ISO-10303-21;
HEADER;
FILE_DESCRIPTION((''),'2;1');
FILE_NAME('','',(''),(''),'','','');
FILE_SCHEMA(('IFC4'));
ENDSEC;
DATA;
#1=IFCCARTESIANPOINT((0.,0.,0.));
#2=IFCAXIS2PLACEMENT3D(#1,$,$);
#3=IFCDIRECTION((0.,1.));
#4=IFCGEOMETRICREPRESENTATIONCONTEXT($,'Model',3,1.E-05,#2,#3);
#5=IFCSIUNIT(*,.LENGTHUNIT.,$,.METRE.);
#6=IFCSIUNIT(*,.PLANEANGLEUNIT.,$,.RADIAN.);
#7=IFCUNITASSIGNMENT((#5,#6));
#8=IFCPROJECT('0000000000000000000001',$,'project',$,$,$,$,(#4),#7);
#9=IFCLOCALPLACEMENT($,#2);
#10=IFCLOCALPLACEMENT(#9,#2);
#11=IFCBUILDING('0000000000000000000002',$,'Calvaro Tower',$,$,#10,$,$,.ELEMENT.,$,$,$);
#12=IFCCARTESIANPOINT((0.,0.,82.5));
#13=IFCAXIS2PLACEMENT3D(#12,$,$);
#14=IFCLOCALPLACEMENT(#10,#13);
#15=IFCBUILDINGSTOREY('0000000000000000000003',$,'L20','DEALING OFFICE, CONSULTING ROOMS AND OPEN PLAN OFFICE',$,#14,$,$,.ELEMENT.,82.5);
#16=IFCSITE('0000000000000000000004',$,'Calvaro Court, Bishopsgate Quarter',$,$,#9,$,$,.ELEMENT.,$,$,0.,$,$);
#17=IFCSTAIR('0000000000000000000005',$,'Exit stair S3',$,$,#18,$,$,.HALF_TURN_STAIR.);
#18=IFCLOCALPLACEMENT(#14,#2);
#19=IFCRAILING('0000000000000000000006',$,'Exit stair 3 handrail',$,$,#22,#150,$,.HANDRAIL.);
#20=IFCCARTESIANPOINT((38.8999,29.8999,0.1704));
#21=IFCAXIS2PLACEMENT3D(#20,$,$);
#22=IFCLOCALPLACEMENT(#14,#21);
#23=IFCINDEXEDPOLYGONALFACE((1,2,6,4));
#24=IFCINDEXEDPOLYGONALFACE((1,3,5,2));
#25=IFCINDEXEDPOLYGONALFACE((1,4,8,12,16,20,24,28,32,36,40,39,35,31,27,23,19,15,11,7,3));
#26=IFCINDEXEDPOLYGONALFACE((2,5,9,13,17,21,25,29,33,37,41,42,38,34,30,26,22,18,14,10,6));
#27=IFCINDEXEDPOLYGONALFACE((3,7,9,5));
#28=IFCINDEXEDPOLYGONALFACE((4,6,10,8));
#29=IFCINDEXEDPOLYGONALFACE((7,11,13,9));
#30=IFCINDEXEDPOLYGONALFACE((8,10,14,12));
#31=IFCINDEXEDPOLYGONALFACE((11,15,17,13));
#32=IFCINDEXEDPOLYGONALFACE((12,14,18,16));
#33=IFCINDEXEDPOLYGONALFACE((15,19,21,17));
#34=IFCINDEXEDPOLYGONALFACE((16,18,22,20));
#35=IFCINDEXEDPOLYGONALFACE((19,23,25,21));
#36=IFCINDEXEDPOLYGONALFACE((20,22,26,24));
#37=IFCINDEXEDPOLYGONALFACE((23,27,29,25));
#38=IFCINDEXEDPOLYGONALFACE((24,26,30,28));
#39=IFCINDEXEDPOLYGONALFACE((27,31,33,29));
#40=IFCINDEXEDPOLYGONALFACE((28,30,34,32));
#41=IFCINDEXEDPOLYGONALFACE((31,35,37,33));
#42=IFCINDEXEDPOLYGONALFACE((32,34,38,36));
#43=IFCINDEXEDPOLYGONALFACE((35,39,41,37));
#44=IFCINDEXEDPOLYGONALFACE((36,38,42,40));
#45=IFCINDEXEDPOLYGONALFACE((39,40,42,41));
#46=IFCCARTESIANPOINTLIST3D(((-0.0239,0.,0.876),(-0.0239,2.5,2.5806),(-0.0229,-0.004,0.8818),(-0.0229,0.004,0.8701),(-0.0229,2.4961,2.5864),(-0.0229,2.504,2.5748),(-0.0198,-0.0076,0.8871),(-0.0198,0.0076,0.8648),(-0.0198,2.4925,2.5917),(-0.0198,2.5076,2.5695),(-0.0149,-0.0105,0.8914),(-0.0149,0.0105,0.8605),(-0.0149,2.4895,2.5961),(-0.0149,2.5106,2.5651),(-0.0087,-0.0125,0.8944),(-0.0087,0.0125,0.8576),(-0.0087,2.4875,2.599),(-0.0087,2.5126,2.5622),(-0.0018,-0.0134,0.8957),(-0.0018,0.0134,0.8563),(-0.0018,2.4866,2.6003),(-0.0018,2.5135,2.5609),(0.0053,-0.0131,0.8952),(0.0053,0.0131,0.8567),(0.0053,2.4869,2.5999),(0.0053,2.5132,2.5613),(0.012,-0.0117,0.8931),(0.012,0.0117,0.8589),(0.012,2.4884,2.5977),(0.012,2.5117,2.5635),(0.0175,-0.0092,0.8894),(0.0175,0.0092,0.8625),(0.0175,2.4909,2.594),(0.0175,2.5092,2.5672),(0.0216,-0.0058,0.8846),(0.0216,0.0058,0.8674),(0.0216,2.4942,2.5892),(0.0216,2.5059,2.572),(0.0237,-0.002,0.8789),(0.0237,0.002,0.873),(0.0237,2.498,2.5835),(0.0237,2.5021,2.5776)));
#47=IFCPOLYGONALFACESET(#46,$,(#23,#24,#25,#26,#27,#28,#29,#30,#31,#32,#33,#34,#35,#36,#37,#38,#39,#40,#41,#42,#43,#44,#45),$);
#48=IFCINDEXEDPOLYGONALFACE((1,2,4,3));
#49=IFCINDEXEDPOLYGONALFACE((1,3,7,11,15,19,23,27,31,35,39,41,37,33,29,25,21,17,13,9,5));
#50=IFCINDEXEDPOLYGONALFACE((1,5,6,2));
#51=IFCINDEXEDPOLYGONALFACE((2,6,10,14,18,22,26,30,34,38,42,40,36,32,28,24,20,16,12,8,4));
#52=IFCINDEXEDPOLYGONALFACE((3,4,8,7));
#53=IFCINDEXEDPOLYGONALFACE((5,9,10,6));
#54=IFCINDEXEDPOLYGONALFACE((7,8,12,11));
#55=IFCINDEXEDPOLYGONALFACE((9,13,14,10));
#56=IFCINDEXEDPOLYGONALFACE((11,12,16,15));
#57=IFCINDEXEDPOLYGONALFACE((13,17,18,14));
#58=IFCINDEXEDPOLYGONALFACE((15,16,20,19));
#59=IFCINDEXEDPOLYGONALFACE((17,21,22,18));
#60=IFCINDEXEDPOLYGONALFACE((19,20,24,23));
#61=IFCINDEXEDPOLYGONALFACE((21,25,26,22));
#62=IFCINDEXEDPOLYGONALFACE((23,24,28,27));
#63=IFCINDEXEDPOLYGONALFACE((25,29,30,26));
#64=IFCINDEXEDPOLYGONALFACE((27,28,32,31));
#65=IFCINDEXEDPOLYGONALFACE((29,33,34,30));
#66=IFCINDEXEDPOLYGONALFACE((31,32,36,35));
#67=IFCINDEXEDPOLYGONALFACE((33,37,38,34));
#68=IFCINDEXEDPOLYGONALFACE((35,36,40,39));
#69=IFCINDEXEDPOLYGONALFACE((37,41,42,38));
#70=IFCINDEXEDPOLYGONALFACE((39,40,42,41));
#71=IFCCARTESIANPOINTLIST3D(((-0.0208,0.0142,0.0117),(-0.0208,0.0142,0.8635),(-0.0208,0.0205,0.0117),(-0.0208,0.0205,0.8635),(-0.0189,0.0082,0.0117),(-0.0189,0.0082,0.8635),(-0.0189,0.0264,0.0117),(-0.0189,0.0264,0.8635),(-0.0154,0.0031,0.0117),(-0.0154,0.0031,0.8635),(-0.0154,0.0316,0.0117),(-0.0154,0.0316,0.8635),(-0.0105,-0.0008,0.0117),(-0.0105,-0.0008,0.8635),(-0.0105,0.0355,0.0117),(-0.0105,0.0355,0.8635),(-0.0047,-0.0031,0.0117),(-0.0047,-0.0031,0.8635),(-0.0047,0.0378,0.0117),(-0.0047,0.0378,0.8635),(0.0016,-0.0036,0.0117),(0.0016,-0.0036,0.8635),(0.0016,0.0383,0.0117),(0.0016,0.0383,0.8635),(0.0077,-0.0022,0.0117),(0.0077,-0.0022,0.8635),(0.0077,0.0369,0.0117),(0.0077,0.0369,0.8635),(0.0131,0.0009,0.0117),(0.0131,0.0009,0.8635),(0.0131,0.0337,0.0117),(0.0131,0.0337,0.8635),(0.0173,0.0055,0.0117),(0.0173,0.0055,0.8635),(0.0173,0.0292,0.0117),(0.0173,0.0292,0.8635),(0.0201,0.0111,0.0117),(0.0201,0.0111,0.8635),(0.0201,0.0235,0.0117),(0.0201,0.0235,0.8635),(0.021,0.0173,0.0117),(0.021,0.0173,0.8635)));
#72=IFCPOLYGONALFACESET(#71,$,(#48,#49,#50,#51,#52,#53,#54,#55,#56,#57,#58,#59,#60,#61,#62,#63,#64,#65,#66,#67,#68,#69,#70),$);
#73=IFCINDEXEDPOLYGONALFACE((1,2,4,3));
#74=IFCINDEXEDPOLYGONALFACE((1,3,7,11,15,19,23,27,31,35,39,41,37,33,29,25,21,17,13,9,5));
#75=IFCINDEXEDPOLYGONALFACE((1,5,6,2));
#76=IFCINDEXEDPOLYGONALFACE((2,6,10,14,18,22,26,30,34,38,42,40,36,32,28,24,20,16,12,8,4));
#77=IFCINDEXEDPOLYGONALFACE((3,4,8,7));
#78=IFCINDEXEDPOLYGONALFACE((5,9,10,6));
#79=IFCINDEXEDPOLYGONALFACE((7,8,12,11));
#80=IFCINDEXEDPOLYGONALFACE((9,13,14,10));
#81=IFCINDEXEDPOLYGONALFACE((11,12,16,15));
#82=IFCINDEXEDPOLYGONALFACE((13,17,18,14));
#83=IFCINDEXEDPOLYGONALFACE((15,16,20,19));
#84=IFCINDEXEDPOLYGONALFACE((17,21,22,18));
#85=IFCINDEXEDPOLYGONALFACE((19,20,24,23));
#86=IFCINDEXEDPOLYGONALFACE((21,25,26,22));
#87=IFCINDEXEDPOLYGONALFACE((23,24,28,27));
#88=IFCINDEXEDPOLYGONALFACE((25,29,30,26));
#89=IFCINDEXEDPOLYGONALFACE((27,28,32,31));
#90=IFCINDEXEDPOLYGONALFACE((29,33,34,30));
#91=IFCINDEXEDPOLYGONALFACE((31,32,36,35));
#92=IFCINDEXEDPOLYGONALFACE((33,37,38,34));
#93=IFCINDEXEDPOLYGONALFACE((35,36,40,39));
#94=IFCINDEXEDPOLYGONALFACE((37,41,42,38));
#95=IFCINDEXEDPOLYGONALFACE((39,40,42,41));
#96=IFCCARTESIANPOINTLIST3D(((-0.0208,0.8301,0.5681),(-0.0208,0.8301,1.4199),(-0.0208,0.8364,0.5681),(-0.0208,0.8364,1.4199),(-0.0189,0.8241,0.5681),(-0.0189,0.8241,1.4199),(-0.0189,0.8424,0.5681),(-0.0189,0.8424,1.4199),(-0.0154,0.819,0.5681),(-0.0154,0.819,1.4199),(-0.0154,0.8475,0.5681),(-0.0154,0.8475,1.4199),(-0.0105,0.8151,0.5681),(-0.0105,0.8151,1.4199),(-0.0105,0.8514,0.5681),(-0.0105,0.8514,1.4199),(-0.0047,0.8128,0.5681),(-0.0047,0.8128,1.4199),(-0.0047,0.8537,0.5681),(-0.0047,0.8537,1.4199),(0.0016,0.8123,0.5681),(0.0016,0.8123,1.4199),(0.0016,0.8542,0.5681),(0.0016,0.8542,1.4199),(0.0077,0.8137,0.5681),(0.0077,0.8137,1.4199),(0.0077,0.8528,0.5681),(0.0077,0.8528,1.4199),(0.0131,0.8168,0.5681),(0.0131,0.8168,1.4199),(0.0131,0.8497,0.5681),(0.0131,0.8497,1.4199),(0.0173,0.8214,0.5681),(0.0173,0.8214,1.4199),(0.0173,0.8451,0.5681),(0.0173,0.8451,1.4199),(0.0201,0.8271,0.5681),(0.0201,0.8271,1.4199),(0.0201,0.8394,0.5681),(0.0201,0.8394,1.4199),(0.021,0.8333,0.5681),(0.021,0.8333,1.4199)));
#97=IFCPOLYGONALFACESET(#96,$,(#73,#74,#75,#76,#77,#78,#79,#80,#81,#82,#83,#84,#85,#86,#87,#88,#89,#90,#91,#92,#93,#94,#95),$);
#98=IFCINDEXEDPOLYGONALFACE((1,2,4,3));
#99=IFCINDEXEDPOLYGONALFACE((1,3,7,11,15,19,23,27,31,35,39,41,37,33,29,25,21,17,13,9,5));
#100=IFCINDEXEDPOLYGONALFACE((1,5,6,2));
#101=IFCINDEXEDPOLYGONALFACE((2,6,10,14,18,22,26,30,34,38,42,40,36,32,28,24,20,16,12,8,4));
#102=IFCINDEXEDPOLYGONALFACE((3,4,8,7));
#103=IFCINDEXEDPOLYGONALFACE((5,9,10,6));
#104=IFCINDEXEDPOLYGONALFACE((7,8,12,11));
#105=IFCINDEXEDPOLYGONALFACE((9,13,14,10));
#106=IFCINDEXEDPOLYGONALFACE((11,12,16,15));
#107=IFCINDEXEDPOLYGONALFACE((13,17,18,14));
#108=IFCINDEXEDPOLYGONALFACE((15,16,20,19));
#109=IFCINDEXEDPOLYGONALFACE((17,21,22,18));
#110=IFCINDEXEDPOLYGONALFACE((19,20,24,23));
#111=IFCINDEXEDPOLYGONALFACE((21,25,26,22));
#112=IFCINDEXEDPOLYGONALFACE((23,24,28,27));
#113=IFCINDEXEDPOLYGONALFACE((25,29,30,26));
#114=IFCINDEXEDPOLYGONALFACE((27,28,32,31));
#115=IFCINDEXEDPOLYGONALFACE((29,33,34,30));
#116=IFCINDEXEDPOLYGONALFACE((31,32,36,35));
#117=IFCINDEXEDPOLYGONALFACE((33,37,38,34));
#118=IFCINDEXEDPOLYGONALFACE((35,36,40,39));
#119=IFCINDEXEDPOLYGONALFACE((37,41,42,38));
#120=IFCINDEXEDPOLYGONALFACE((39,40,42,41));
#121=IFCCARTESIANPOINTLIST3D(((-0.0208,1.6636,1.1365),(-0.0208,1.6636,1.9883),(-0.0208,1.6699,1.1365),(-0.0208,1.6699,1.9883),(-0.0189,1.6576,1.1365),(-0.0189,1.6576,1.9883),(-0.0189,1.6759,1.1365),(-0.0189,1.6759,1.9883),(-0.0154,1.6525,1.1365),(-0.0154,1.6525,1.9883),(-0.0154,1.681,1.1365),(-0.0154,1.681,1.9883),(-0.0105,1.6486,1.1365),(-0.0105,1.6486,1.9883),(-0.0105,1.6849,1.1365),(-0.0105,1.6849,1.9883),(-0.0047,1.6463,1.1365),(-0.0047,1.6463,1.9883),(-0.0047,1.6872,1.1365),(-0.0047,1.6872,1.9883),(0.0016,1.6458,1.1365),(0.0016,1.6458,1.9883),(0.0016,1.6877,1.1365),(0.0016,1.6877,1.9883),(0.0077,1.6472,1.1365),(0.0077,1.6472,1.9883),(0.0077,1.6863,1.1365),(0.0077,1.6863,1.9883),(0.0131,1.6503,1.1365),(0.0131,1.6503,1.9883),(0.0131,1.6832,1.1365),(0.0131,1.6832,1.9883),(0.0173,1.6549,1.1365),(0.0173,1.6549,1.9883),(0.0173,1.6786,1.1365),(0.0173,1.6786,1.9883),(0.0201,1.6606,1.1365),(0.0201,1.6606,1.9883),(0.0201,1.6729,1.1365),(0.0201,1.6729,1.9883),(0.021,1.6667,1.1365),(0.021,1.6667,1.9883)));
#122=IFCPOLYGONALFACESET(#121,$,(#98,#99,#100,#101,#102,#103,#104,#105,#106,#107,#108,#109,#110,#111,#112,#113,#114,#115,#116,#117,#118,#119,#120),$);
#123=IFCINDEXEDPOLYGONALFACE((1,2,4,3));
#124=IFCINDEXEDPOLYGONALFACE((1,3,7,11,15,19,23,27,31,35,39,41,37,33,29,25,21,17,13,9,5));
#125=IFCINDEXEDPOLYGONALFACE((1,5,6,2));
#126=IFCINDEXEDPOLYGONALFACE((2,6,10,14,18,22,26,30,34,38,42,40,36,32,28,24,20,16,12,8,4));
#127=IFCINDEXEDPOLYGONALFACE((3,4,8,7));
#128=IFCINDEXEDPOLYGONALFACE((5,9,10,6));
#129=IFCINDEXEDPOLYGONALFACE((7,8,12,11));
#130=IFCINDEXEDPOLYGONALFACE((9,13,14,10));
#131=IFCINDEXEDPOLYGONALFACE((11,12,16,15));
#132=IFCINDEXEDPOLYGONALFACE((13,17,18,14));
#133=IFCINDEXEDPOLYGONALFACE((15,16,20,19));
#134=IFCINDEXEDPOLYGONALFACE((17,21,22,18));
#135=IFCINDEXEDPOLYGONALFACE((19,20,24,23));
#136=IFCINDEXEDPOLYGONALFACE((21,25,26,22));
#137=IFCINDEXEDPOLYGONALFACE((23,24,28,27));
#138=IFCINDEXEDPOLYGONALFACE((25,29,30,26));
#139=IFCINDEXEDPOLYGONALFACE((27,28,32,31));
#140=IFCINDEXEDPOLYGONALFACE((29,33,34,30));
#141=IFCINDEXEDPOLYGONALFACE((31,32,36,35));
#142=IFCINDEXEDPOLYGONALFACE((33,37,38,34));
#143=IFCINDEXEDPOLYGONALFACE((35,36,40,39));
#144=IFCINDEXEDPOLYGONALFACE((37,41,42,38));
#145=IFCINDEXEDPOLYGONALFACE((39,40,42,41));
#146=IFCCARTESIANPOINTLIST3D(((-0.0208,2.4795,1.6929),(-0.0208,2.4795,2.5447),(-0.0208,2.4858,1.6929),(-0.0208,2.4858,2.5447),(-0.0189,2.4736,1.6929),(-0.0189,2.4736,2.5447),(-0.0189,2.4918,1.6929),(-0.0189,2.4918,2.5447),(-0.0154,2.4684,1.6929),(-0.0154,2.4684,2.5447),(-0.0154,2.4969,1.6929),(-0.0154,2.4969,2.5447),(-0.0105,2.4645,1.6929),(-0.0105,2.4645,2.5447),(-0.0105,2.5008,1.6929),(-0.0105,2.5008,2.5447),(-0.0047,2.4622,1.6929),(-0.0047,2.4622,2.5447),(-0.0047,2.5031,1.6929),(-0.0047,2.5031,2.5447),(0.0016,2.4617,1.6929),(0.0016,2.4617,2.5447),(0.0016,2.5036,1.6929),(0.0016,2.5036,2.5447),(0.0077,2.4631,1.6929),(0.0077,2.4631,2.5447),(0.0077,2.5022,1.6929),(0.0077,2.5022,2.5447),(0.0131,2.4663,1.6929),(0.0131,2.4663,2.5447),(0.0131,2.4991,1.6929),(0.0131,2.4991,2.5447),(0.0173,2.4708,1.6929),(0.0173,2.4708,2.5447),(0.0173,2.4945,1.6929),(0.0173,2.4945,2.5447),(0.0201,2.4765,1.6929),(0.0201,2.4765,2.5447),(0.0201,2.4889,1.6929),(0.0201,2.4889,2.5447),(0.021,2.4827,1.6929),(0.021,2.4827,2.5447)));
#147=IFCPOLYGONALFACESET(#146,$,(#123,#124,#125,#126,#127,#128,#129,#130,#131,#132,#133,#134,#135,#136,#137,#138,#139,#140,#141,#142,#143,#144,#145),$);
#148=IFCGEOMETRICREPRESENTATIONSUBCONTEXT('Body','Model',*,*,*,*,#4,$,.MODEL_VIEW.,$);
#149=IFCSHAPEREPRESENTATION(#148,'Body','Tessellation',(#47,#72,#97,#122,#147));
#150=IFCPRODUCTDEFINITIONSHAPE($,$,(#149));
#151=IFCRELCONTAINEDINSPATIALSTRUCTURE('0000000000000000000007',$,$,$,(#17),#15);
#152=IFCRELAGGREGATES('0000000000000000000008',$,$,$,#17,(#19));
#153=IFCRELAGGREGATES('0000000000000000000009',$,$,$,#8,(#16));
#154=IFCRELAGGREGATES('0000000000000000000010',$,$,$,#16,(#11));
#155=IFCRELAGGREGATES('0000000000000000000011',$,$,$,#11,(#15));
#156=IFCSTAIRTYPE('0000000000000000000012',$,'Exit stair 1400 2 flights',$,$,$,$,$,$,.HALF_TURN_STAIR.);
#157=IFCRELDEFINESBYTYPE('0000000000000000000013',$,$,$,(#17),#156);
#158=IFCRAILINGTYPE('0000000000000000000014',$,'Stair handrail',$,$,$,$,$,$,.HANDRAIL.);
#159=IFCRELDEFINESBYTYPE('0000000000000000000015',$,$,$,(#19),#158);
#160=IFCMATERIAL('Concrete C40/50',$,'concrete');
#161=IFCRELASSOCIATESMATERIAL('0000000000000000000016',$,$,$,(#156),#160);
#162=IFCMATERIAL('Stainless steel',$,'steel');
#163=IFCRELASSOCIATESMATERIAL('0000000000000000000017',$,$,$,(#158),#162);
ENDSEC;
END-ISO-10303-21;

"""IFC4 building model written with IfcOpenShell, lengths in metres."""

from ifc_helpers import new_model, si_unit, direction, frame, origin, origin_2d, place, context, subcontext, project, spatial, circle, extrude, material, type_object, element, aggregate, save


model = new_model("IFC4")

# Units and contexts
model_context = context("Model", 3, precision=1e-05, world=origin(), true_north=direction((0.0, 1.0)))
body_context = subcontext(model_context, "Body", "Model", "MODEL_VIEW")
ifc_project = project(units=[si_unit("LENGTHUNIT", "METRE"), si_unit("PLANEANGLEUNIT", "RADIAN")], contexts=[model_context])

# Site, building, storey
site_placement = place(None, origin())
site = spatial("IfcSite", under=ifc_project, at=site_placement, Name="Calvaro Court, Bishopsgate Quarter", CompositionType="ELEMENT", RefElevation=0.0)
building_placement = place(site_placement, origin())
building = spatial("IfcBuilding", under=site, at=building_placement, Name="Calvaro Tower", CompositionType="ELEMENT")
storey_placement = place(building_placement, frame((0.0, 0.0, 82.5)))
storey = spatial("IfcBuildingStorey", under=building, at=storey_placement, Name="L20", Description="DEALING OFFICE, CONSULTING ROOMS AND OPEN PLAN OFFICE", CompositionType="ELEMENT", Elevation=82.5)

# Stair
ifc_material_1 = material(Name="Concrete C40/50", Category="concrete")
stair_type = type_object("IfcStairType", Name="Exit stair 1400 2 flights", PredefinedType="HALF_TURN_STAIR", material=ifc_material_1)
stair_1_placement = place(storey_placement, origin())
stair_1 = element("IfcStair", 1, at=stair_1_placement, inside=storey, type_object=stair_type, Name="Exit stair S3", PredefinedType="HALF_TURN_STAIR")

# Railing
ifc_material_2 = material(Name="Stainless steel", Category="steel")
railing_type = type_object("IfcRailingType", Name="Stair handrail", PredefinedType="HANDRAIL", material=ifc_material_2)
railing_1_placement = place(storey_placement, frame((38.8999, 29.8999, 0.1704)))
railing_1 = element("IfcRailing", 2, at=railing_1_placement, type_object=railing_type, Name="Exit stair 3 handrail", PredefinedType="HANDRAIL", context=body_context, shape_type="SweptSolid", body=[
    extrude(circle(Radius=0.0239, at=origin_2d()), frame((0.0, 0.0, 0.876), z_axis=(0.0, 0.826221, 0.563347), x_axis=(-1.0, 0.0, 0.0)), (0.0, 0.0, 1.0), 3.0259),
    extrude(circle(Radius=0.021, at=origin_2d()), frame((0.0, 0.0173, 0.0117)), (0.0, 0.0, 1.0), 0.8518),
    extrude(circle(Radius=0.021, at=origin_2d()), frame((0.0, 0.8333, 0.5681)), (0.0, 0.0, 1.0), 0.8518),
    extrude(circle(Radius=0.021, at=origin_2d()), frame((0.0, 1.6667, 1.1365)), (0.0, 0.0, 1.0), 0.8518),
    extrude(circle(Radius=0.021, at=origin_2d()), frame((0.0, 2.4827, 1.6929)), (0.0, 0.0, 1.0), 0.8518),
])
aggregate(stair_1, [railing_1])

save(model, "model.ifc")
